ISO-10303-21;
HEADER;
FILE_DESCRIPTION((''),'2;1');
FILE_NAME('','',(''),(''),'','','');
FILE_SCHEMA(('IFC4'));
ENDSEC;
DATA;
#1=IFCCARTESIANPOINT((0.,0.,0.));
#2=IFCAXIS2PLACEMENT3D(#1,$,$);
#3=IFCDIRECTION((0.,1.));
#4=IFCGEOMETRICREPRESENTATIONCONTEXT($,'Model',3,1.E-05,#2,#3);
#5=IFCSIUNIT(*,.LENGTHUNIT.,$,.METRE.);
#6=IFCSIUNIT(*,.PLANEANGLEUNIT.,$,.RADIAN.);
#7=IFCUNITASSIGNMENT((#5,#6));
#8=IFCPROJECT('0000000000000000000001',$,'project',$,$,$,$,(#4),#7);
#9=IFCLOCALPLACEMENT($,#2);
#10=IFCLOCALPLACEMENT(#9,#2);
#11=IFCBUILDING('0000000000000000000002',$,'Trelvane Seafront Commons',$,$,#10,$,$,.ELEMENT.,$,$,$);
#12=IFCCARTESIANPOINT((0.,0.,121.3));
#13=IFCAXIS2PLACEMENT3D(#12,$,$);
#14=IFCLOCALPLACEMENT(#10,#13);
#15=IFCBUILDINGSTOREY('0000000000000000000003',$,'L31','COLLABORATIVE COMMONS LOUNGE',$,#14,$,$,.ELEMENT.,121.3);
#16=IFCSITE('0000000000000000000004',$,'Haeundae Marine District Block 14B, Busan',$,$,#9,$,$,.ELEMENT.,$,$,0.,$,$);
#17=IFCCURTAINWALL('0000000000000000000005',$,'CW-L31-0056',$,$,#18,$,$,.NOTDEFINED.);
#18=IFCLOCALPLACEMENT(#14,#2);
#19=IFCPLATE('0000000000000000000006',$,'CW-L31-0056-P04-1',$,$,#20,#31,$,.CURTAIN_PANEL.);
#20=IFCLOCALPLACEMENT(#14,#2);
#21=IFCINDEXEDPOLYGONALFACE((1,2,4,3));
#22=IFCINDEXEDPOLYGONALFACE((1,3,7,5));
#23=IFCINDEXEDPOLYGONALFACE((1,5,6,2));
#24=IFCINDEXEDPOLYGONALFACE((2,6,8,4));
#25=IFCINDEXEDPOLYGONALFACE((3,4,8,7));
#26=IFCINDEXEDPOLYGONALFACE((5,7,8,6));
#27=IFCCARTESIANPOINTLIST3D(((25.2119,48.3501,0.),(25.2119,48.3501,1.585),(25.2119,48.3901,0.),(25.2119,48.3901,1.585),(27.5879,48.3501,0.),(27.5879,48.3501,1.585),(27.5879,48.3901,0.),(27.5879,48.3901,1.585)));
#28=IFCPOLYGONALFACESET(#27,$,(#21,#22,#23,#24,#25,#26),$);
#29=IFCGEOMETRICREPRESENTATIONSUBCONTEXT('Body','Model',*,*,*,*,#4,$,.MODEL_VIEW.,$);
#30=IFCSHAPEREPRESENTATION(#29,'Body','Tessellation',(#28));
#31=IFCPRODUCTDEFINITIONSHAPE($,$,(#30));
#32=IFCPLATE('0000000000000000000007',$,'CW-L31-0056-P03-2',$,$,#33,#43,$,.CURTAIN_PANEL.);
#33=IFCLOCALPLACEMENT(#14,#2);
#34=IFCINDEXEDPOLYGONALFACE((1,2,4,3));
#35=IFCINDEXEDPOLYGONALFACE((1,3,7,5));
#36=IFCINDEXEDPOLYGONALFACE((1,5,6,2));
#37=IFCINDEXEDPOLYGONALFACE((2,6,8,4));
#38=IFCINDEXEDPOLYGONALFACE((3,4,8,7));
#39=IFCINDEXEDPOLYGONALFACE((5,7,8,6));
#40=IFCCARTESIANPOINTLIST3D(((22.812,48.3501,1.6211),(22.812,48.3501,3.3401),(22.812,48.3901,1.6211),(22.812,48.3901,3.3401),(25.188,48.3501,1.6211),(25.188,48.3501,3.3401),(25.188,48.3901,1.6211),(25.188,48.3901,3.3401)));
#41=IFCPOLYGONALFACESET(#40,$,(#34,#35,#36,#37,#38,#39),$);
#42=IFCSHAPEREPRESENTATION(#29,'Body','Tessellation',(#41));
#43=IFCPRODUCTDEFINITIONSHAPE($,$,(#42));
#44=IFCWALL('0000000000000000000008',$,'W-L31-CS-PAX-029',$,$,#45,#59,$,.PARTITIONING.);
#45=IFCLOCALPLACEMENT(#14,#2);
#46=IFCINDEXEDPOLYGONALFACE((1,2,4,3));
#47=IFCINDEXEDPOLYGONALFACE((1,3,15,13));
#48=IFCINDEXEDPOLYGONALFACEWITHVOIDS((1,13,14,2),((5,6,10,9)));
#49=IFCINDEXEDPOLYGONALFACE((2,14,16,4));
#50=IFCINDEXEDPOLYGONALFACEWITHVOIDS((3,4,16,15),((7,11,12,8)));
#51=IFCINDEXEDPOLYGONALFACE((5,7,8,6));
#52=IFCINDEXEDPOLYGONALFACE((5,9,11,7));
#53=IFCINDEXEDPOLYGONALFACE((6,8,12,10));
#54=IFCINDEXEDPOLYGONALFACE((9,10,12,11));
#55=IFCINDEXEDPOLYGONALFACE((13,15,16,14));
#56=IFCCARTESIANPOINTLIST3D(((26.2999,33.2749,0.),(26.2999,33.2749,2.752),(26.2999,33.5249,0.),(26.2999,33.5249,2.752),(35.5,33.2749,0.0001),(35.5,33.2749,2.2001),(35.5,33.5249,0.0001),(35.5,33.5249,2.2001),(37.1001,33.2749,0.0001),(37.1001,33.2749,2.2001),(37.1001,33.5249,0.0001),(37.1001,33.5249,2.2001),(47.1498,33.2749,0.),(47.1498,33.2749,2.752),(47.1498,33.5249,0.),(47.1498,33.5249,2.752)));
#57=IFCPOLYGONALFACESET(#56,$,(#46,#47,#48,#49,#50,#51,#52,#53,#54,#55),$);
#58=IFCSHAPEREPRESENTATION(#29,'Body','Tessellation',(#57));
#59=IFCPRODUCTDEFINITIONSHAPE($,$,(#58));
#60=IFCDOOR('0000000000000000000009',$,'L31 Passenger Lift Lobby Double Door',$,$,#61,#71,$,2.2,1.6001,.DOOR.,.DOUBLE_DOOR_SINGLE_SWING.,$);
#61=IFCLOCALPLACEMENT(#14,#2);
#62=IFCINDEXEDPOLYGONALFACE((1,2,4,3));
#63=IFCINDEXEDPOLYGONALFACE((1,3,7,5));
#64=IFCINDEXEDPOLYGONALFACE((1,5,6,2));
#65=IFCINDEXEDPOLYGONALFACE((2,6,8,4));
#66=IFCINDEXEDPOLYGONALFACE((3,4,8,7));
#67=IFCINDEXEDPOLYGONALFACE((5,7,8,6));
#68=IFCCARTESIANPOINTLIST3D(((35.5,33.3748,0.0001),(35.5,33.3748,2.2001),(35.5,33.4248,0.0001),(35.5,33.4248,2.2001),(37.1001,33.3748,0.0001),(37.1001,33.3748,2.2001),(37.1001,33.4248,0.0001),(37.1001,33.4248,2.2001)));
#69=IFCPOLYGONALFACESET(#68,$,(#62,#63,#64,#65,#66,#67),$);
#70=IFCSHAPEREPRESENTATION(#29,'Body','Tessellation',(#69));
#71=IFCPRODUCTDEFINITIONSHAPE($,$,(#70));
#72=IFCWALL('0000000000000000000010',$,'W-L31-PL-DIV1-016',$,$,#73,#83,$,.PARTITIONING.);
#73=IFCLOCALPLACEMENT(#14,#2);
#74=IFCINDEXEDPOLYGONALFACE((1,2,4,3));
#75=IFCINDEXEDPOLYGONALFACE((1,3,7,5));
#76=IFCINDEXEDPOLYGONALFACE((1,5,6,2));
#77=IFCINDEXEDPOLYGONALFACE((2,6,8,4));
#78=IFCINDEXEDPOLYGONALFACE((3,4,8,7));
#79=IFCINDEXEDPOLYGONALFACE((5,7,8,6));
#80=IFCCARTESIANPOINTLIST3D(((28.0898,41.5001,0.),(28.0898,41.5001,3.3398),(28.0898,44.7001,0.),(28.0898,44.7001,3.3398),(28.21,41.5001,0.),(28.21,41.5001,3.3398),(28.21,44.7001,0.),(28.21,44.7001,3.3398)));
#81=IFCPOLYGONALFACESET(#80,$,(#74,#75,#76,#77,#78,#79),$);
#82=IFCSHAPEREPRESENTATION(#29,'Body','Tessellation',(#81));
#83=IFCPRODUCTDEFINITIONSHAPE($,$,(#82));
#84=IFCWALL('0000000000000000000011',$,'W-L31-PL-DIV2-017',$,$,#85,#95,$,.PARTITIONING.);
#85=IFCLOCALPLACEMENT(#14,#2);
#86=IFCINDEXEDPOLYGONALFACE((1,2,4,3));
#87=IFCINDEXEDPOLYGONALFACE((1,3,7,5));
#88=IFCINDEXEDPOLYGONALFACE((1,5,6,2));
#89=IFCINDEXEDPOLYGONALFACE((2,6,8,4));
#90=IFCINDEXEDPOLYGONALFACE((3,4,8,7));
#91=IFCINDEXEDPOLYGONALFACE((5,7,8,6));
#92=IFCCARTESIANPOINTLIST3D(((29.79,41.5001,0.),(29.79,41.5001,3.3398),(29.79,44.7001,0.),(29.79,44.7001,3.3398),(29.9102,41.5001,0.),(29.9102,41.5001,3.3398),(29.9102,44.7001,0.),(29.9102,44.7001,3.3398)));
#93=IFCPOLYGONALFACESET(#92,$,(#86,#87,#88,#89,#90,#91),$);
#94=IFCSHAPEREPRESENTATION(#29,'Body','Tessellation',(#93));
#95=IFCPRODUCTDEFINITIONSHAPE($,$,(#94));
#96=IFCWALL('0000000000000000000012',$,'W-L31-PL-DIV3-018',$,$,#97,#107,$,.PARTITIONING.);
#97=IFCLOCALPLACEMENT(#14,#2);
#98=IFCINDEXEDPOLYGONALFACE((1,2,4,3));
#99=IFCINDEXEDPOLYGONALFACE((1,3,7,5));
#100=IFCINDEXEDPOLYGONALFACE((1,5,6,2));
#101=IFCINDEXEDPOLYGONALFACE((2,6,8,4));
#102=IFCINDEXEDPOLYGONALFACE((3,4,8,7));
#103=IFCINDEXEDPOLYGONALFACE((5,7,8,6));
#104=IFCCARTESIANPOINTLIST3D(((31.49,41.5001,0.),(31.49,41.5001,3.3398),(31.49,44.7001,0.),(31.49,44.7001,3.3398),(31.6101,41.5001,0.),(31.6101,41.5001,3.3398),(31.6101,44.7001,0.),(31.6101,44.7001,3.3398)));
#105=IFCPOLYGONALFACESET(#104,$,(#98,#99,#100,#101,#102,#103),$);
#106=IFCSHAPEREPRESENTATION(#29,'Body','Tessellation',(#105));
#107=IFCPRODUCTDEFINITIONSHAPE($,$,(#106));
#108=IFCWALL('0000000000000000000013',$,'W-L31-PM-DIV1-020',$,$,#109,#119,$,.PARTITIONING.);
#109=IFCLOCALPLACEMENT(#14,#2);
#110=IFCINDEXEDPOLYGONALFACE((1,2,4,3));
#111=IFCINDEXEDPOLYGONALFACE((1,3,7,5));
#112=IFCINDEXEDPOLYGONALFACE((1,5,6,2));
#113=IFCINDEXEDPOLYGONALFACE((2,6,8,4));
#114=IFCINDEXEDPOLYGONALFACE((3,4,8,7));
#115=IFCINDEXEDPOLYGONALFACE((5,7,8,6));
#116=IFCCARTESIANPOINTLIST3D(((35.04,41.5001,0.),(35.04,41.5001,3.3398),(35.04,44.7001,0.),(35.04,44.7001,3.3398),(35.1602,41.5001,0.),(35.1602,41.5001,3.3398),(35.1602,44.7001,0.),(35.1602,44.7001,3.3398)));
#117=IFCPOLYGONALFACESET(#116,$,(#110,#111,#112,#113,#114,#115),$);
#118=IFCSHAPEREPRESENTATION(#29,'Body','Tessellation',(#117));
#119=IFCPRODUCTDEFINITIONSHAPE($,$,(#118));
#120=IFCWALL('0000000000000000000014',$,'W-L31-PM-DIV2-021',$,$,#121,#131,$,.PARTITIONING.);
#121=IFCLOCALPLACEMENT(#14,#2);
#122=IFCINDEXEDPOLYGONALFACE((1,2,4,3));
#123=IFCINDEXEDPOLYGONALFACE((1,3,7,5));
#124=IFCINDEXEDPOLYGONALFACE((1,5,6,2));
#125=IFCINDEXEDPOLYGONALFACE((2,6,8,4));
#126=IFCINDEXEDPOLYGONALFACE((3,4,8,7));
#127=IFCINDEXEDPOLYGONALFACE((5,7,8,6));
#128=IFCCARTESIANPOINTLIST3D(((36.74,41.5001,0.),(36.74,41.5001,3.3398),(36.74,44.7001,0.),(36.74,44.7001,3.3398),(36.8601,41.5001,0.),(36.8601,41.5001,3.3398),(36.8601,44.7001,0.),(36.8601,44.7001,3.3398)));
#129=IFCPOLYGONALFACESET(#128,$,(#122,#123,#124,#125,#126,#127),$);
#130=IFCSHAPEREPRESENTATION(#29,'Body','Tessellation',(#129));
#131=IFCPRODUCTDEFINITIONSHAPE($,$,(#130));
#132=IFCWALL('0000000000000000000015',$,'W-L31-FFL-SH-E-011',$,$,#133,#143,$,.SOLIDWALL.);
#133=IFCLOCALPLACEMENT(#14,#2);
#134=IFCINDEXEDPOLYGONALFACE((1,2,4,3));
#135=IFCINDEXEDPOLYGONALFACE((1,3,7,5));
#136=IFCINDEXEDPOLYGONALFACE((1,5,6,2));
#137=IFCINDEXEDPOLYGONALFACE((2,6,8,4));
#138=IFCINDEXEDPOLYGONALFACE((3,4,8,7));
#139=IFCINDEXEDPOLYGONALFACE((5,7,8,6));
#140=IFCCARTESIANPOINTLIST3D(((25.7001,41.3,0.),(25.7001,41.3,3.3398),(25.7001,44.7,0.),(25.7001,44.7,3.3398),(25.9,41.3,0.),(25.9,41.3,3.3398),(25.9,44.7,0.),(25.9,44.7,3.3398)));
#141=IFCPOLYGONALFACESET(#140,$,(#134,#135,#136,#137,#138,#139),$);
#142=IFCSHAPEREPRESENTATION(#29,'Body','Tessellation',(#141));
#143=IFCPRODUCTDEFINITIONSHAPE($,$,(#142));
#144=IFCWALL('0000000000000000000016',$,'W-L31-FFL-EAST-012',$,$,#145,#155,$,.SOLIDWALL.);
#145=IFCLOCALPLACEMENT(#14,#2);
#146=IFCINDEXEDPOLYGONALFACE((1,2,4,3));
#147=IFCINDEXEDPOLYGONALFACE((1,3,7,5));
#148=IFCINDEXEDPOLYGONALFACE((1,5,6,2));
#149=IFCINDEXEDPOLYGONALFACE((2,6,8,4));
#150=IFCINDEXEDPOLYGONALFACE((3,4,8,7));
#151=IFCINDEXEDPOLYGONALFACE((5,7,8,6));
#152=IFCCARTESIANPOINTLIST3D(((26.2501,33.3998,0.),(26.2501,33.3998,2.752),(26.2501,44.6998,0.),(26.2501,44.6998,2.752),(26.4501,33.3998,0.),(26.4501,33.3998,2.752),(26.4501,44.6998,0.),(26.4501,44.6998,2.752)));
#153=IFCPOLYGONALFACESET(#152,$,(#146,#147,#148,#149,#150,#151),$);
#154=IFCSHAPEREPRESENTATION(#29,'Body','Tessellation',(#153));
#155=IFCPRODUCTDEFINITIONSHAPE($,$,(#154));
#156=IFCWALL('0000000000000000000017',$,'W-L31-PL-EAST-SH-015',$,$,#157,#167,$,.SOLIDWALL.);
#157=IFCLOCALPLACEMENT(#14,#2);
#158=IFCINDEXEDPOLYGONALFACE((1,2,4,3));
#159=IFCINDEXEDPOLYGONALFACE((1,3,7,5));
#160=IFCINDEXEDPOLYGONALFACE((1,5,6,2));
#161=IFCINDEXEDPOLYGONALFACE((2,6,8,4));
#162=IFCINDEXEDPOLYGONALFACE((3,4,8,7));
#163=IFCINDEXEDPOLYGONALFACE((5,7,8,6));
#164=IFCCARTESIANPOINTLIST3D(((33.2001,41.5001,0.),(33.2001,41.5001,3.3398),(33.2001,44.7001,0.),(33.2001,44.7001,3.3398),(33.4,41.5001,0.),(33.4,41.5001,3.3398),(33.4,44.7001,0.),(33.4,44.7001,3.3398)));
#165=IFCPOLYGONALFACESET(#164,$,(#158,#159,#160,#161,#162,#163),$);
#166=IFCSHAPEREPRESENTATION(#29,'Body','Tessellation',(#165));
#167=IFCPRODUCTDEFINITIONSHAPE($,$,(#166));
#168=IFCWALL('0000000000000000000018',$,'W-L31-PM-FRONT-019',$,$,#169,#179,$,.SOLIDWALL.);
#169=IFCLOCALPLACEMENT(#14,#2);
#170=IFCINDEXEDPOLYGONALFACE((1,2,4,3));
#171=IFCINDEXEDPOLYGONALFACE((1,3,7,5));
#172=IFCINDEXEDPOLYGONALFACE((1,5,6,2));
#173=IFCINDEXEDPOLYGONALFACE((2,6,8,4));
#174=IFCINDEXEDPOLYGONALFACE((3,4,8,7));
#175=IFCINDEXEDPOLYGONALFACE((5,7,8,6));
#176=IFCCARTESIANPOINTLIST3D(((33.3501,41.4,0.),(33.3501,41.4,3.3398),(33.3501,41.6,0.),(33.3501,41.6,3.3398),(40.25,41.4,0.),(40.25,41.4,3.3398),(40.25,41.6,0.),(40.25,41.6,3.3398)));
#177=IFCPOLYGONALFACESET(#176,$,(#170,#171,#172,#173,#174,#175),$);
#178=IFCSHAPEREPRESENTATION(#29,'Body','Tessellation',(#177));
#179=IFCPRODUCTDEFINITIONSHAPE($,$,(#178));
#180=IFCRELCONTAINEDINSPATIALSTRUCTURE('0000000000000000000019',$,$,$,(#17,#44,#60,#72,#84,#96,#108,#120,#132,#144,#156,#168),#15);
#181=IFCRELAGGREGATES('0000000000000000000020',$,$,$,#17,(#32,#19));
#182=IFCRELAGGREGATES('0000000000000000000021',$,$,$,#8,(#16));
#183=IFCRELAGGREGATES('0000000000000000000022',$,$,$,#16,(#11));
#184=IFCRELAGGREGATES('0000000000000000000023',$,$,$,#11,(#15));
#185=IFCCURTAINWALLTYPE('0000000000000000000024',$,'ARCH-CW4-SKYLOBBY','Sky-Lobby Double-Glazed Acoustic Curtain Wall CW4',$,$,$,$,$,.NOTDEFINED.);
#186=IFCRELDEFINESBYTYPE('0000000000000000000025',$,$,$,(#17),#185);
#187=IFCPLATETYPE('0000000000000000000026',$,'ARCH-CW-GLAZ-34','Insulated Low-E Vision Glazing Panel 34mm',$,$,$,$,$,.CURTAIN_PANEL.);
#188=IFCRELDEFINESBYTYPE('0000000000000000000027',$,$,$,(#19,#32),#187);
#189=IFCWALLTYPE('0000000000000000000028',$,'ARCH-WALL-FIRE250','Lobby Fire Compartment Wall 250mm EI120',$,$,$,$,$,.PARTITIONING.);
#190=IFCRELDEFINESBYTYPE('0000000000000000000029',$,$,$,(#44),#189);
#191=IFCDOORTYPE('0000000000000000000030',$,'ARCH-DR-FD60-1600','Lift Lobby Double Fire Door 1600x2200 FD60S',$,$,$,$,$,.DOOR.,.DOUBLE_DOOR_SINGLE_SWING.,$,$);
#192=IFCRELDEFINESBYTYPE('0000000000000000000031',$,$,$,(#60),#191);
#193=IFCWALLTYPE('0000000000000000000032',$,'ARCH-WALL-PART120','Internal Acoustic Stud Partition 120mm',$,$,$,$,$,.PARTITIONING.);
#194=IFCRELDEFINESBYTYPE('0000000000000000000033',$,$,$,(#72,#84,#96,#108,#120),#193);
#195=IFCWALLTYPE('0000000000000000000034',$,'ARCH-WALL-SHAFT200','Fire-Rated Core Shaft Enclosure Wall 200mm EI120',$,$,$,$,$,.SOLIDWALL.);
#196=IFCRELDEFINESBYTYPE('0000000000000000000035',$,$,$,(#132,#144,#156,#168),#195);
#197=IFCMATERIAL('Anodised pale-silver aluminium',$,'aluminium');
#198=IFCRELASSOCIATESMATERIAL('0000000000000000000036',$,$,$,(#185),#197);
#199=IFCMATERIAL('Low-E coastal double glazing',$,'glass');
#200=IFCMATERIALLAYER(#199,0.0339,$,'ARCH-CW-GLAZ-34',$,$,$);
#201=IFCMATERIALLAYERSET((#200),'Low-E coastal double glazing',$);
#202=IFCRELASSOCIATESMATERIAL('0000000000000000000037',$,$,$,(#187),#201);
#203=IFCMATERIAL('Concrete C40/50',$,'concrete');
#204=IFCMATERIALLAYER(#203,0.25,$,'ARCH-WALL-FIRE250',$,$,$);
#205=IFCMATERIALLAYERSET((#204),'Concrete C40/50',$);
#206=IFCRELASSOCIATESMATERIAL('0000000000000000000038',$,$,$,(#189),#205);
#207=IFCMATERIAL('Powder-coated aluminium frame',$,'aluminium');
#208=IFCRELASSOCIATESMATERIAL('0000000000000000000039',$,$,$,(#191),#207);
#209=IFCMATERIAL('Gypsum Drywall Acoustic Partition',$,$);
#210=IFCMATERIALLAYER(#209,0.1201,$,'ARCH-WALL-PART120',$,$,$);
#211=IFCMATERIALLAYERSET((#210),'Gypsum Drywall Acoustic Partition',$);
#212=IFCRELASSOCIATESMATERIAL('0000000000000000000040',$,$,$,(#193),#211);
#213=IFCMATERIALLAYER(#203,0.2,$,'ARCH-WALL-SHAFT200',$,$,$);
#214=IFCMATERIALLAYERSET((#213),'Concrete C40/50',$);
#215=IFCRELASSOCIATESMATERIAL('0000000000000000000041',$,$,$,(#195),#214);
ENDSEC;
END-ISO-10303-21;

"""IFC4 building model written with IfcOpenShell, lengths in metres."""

from ifc_helpers import new_model, si_unit, direction, frame, frame_2d, origin, origin_2d, place, context, subcontext, project, spatial, rectangle, extrude, source, transform, mapped, material, layer, layer_set, type_object, element, fill, aggregate, save


model = new_model("IFC4")

# Units and contexts
model_context = context("Model", 3, precision=1e-05, world=origin(), true_north=direction((0.0, 1.0)))
body_context = subcontext(model_context, "Body", "Model", "MODEL_VIEW")
ifc_project = project(units=[si_unit("LENGTHUNIT", "METRE"), si_unit("PLANEANGLEUNIT", "RADIAN")], contexts=[model_context])

# Site, building, storey
site_placement = place(None, origin())
site = spatial("IfcSite", under=ifc_project, at=site_placement, Name="Haeundae Marine District Block 14B, Busan", CompositionType="ELEMENT", RefElevation=0.0)
building_placement = place(site_placement, origin())
building = spatial("IfcBuilding", under=site, at=building_placement, Name="Trelvane Seafront Commons", CompositionType="ELEMENT")
storey_placement = place(building_placement, frame((0.0, 0.0, 121.3)))
storey = spatial("IfcBuildingStorey", under=building, at=storey_placement, Name="L31", Description="COLLABORATIVE COMMONS LOUNGE", CompositionType="ELEMENT", Elevation=121.3)

# Curtain wall, plates
ifc_material_1 = material(Name="Anodised pale-silver aluminium", Category="aluminium")
curtain_wall_type = type_object("IfcCurtainWallType", Name="ARCH-CW4-SKYLOBBY", Description="Sky-Lobby Double-Glazed Acoustic Curtain Wall CW4", PredefinedType="NOTDEFINED", material=ifc_material_1)
curtain_wall_placement = place(storey_placement, origin())
curtain_wall = element("IfcCurtainWall", 1, at=curtain_wall_placement, inside=storey, type_object=curtain_wall_type, Name="CW-L31-0056", PredefinedType="NOTDEFINED")
ifc_material_2 = material(Name="Low-E coastal double glazing", Category="glass")
ifc_layer_1 = layer(ifc_material_2, 0.0339, Name="ARCH-CW-GLAZ-34")
ifc_layer_set_1 = layer_set([ifc_layer_1], Name="Low-E coastal double glazing")
plate_type = type_object("IfcPlateType", Name="ARCH-CW-GLAZ-34", Description="Insulated Low-E Vision Glazing Panel 34mm", PredefinedType="CURTAIN_PANEL", material=ifc_layer_set_1)
shared_shape_1 = source(origin(), body_context, "Body", "SweptSolid", [
    extrude(rectangle(XDim=2.376, YDim=0.04, at=origin_2d()), origin(), (0.0, 0.0, 1.0), 1.585),
])
plate_1_placement = place(storey_placement, frame((26.3999, 48.3701, 0.0), z_axis=(0.0, 0.0, 1.0), x_axis=(1.0, 0.0, 0.0)))
plate_1 = element("IfcPlate", 2, at=plate_1_placement, type_object=plate_type, Name="CW-L31-0056-P04-1", PredefinedType="CURTAIN_PANEL", context=body_context, shape_type="MappedRepresentation", body=[
    mapped(shared_shape_1, transform((0.0, 0.0, 0.0), x_axis=(1.0, 0.0, 0.0), y_axis=(0.0, 1.0, 0.0), z_axis=(0.0, 0.0, 1.0), scale=1.0)),
])
shared_shape_2 = source(origin(), body_context, "Body", "SweptSolid", [
    extrude(rectangle(XDim=2.376, YDim=0.04, at=origin_2d()), origin(), (0.0, 0.0, 1.0), 1.719),
])
plate_2_placement = place(storey_placement, frame((24.0, 48.3701, 1.6211), z_axis=(0.0, 0.0, 1.0), x_axis=(1.0, 0.0, 0.0)))
plate_2 = element("IfcPlate", 3, at=plate_2_placement, type_object=plate_type, Name="CW-L31-0056-P03-2", PredefinedType="CURTAIN_PANEL", context=body_context, shape_type="MappedRepresentation", body=[
    mapped(shared_shape_2, transform((0.0, 0.0, 0.0), x_axis=(1.0, 0.0, 0.0), y_axis=(0.0, 1.0, 0.0), z_axis=(0.0, 0.0, 1.0), scale=1.0)),
])
aggregate(curtain_wall, [plate_2, plate_1])

# Wall, opening, door
ifc_material_3 = material(Name="Concrete C40/50", Category="concrete")
ifc_layer_2 = layer(ifc_material_3, 0.25, Name="ARCH-WALL-FIRE250")
ifc_layer_set_2 = layer_set([ifc_layer_2], Name="Concrete C40/50")
wall_type_1 = type_object("IfcWallType", Name="ARCH-WALL-FIRE250", Description="Lobby Fire Compartment Wall 250mm EI120", PredefinedType="PARTITIONING", material=ifc_layer_set_2)
wall_1_placement = place(storey_placement, frame((26.3, 33.3999, 0.0), z_axis=(0.0, 0.0, 1.0), x_axis=(1.0, 0.0, 0.0)))
wall_1 = element("IfcWall", 4, at=wall_1_placement, inside=storey, type_object=wall_type_1, Name="W-L31-CS-PAX-029", PredefinedType="PARTITIONING", context=body_context, shape_type="SweptSolid", body=[
    extrude(rectangle(XDim=20.8499, YDim=0.25, at=frame_2d((10.4248, 0.0))), origin(), (0.0, 0.0, 1.0), 2.752),
])
opening_1_placement = place(wall_1_placement, frame((9.2, 0.0, 0.0)))
opening_1 = element("IfcOpeningElement", 5, at=opening_1_placement, cuts=wall_1, PredefinedType="OPENING", context=body_context, shape_type="SweptSolid", body=[
    extrude(rectangle(XDim=1.6001, YDim=2.2, at=frame_2d((0.8, 1.1001))), frame((0.0, 0.135, 0.0), z_axis=(0.0, -1.0, 0.0), x_axis=(1.0, 0.0, 0.0)), (0.0, 0.0, 1.0), 0.27),
])
ifc_material_4 = material(Name="Powder-coated aluminium frame", Category="aluminium")
door_type_1 = type_object("IfcDoorType", Name="ARCH-DR-FD60-1600", Description="Lift Lobby Double Fire Door 1600x2200 FD60S", OperationType="DOUBLE_DOOR_SINGLE_SWING", PredefinedType="DOOR", material=ifc_material_4)
shared_shape_3 = source(origin(), body_context, "Body", "SweptSolid", [
    extrude(rectangle(XDim=1.6001, YDim=2.2, at=frame_2d((0.8, 1.1001))), frame((0.0, 0.0249, 0.0), z_axis=(0.0, -1.0, 0.0), x_axis=(1.0, 0.0, 0.0)), (0.0, 0.0, 1.0), 0.05),
])
door_1_placement = place(opening_1_placement, origin())
door_1 = element("IfcDoor", 6, at=door_1_placement, inside=storey, type_object=door_type_1, Name="L31 Passenger Lift Lobby Double Door", OperationType="DOUBLE_DOOR_SINGLE_SWING", OverallHeight=2.2, OverallWidth=1.6001, PredefinedType="DOOR", context=body_context, shape_type="MappedRepresentation", body=[
    mapped(shared_shape_3, transform((0.0, 0.0, 0.0), x_axis=(1.0, 0.0, 0.0), y_axis=(0.0, 1.0, 0.0), z_axis=(0.0, 0.0, 1.0), scale=1.0)),
])
fill(opening_1, door_1)

# Walls
ifc_material_5 = material(Name="Gypsum Drywall Acoustic Partition")
ifc_layer_3 = layer(ifc_material_5, 0.1201, Name="ARCH-WALL-PART120")
ifc_layer_set_3 = layer_set([ifc_layer_3], Name="Gypsum Drywall Acoustic Partition")
wall_type_2 = type_object("IfcWallType", Name="ARCH-WALL-PART120", Description="Internal Acoustic Stud Partition 120mm", PredefinedType="PARTITIONING", material=ifc_layer_set_3)
for number, where, z_axis, x_axis, name in (
    (7, (28.1499, 41.5, 0.0), (0.0, 0.0, 1.0), (0.0, 1.0, 0.0), "W-L31-PL-DIV1-016"),
    (8, (29.8501, 41.5, 0.0), (0.0, 0.0, 1.0), (0.0, 1.0, 0.0), "W-L31-PL-DIV2-017"),
    (9, (31.55, 41.5, 0.0), (0.0, 0.0, 1.0), (0.0, 1.0, 0.0), "W-L31-PL-DIV3-018"),
    (10, (35.1001, 41.5, 0.0), (0.0, 0.0, 1.0), (0.0, 1.0, 0.0), "W-L31-PM-DIV1-020"),
    (11, (36.8, 41.5, 0.0), (0.0, 0.0, 1.0), (0.0, 1.0, 0.0), "W-L31-PM-DIV2-021"),
):
    element("IfcWall", number, at=place(storey_placement, frame(where, z_axis=z_axis, x_axis=x_axis)), inside=storey, type_object=wall_type_2, Name=name, PredefinedType="PARTITIONING", context=body_context, shape_type="SweptSolid", body=[
        extrude(rectangle(XDim=3.2, YDim=0.1201, at=frame_2d((1.6001, 0.0))), origin(), (0.0, 0.0, 1.0), 3.3398),
    ])

# Walls
ifc_layer_4 = layer(ifc_material_3, 0.2, Name="ARCH-WALL-SHAFT200")
ifc_layer_set_4 = layer_set([ifc_layer_4], Name="Concrete C40/50")
wall_type_3 = type_object("IfcWallType", Name="ARCH-WALL-SHAFT200", Description="Fire-Rated Core Shaft Enclosure Wall 200mm EI120", PredefinedType="SOLIDWALL", material=ifc_layer_set_4)
wall_2_placement = place(storey_placement, frame((25.8, 41.3, 0.0), z_axis=(0.0, 0.0, 1.0), x_axis=(0.0, 1.0, 0.0)))
element("IfcWall", 12, at=wall_2_placement, inside=storey, type_object=wall_type_3, Name="W-L31-FFL-SH-E-011", PredefinedType="SOLIDWALL", context=body_context, shape_type="SweptSolid", body=[
    extrude(rectangle(XDim=3.3999, YDim=0.2, at=frame_2d((1.7, 0.0))), origin(), (0.0, 0.0, 1.0), 3.3398),
])
wall_3_placement = place(storey_placement, frame((26.3501, 33.3999, 0.0), z_axis=(0.0, 0.0, 1.0), x_axis=(0.0, 1.0, 0.0)))
element("IfcWall", 13, at=wall_3_placement, inside=storey, type_object=wall_type_3, Name="W-L31-FFL-EAST-012", PredefinedType="SOLIDWALL", context=body_context, shape_type="SweptSolid", body=[
    extrude(rectangle(XDim=11.3, YDim=0.2, at=frame_2d((5.6499, 0.0))), origin(), (0.0, 0.0, 1.0), 2.752),
])

# Walls
wall_4_placement = place(storey_placement, frame((33.3, 41.5, 0.0), z_axis=(0.0, 0.0, 1.0), x_axis=(0.0, 1.0, 0.0)))
element("IfcWall", 14, at=wall_4_placement, inside=storey, type_object=wall_type_3, Name="W-L31-PL-EAST-SH-015", PredefinedType="SOLIDWALL", context=body_context, shape_type="SweptSolid", body=[
    extrude(rectangle(XDim=3.2, YDim=0.2, at=frame_2d((1.6001, 0.0))), origin(), (0.0, 0.0, 1.0), 3.3398),
])
wall_5_placement = place(storey_placement, frame((33.3501, 41.5, 0.0), z_axis=(0.0, 0.0, 1.0), x_axis=(1.0, 0.0, 0.0)))
element("IfcWall", 15, at=wall_5_placement, inside=storey, type_object=wall_type_3, Name="W-L31-PM-FRONT-019", PredefinedType="SOLIDWALL", context=body_context, shape_type="SweptSolid", body=[
    extrude(rectangle(XDim=6.8999, YDim=0.2, at=frame_2d((3.45, 0.0))), origin(), (0.0, 0.0, 1.0), 3.3398),
])

save(model, "model.ifc")
